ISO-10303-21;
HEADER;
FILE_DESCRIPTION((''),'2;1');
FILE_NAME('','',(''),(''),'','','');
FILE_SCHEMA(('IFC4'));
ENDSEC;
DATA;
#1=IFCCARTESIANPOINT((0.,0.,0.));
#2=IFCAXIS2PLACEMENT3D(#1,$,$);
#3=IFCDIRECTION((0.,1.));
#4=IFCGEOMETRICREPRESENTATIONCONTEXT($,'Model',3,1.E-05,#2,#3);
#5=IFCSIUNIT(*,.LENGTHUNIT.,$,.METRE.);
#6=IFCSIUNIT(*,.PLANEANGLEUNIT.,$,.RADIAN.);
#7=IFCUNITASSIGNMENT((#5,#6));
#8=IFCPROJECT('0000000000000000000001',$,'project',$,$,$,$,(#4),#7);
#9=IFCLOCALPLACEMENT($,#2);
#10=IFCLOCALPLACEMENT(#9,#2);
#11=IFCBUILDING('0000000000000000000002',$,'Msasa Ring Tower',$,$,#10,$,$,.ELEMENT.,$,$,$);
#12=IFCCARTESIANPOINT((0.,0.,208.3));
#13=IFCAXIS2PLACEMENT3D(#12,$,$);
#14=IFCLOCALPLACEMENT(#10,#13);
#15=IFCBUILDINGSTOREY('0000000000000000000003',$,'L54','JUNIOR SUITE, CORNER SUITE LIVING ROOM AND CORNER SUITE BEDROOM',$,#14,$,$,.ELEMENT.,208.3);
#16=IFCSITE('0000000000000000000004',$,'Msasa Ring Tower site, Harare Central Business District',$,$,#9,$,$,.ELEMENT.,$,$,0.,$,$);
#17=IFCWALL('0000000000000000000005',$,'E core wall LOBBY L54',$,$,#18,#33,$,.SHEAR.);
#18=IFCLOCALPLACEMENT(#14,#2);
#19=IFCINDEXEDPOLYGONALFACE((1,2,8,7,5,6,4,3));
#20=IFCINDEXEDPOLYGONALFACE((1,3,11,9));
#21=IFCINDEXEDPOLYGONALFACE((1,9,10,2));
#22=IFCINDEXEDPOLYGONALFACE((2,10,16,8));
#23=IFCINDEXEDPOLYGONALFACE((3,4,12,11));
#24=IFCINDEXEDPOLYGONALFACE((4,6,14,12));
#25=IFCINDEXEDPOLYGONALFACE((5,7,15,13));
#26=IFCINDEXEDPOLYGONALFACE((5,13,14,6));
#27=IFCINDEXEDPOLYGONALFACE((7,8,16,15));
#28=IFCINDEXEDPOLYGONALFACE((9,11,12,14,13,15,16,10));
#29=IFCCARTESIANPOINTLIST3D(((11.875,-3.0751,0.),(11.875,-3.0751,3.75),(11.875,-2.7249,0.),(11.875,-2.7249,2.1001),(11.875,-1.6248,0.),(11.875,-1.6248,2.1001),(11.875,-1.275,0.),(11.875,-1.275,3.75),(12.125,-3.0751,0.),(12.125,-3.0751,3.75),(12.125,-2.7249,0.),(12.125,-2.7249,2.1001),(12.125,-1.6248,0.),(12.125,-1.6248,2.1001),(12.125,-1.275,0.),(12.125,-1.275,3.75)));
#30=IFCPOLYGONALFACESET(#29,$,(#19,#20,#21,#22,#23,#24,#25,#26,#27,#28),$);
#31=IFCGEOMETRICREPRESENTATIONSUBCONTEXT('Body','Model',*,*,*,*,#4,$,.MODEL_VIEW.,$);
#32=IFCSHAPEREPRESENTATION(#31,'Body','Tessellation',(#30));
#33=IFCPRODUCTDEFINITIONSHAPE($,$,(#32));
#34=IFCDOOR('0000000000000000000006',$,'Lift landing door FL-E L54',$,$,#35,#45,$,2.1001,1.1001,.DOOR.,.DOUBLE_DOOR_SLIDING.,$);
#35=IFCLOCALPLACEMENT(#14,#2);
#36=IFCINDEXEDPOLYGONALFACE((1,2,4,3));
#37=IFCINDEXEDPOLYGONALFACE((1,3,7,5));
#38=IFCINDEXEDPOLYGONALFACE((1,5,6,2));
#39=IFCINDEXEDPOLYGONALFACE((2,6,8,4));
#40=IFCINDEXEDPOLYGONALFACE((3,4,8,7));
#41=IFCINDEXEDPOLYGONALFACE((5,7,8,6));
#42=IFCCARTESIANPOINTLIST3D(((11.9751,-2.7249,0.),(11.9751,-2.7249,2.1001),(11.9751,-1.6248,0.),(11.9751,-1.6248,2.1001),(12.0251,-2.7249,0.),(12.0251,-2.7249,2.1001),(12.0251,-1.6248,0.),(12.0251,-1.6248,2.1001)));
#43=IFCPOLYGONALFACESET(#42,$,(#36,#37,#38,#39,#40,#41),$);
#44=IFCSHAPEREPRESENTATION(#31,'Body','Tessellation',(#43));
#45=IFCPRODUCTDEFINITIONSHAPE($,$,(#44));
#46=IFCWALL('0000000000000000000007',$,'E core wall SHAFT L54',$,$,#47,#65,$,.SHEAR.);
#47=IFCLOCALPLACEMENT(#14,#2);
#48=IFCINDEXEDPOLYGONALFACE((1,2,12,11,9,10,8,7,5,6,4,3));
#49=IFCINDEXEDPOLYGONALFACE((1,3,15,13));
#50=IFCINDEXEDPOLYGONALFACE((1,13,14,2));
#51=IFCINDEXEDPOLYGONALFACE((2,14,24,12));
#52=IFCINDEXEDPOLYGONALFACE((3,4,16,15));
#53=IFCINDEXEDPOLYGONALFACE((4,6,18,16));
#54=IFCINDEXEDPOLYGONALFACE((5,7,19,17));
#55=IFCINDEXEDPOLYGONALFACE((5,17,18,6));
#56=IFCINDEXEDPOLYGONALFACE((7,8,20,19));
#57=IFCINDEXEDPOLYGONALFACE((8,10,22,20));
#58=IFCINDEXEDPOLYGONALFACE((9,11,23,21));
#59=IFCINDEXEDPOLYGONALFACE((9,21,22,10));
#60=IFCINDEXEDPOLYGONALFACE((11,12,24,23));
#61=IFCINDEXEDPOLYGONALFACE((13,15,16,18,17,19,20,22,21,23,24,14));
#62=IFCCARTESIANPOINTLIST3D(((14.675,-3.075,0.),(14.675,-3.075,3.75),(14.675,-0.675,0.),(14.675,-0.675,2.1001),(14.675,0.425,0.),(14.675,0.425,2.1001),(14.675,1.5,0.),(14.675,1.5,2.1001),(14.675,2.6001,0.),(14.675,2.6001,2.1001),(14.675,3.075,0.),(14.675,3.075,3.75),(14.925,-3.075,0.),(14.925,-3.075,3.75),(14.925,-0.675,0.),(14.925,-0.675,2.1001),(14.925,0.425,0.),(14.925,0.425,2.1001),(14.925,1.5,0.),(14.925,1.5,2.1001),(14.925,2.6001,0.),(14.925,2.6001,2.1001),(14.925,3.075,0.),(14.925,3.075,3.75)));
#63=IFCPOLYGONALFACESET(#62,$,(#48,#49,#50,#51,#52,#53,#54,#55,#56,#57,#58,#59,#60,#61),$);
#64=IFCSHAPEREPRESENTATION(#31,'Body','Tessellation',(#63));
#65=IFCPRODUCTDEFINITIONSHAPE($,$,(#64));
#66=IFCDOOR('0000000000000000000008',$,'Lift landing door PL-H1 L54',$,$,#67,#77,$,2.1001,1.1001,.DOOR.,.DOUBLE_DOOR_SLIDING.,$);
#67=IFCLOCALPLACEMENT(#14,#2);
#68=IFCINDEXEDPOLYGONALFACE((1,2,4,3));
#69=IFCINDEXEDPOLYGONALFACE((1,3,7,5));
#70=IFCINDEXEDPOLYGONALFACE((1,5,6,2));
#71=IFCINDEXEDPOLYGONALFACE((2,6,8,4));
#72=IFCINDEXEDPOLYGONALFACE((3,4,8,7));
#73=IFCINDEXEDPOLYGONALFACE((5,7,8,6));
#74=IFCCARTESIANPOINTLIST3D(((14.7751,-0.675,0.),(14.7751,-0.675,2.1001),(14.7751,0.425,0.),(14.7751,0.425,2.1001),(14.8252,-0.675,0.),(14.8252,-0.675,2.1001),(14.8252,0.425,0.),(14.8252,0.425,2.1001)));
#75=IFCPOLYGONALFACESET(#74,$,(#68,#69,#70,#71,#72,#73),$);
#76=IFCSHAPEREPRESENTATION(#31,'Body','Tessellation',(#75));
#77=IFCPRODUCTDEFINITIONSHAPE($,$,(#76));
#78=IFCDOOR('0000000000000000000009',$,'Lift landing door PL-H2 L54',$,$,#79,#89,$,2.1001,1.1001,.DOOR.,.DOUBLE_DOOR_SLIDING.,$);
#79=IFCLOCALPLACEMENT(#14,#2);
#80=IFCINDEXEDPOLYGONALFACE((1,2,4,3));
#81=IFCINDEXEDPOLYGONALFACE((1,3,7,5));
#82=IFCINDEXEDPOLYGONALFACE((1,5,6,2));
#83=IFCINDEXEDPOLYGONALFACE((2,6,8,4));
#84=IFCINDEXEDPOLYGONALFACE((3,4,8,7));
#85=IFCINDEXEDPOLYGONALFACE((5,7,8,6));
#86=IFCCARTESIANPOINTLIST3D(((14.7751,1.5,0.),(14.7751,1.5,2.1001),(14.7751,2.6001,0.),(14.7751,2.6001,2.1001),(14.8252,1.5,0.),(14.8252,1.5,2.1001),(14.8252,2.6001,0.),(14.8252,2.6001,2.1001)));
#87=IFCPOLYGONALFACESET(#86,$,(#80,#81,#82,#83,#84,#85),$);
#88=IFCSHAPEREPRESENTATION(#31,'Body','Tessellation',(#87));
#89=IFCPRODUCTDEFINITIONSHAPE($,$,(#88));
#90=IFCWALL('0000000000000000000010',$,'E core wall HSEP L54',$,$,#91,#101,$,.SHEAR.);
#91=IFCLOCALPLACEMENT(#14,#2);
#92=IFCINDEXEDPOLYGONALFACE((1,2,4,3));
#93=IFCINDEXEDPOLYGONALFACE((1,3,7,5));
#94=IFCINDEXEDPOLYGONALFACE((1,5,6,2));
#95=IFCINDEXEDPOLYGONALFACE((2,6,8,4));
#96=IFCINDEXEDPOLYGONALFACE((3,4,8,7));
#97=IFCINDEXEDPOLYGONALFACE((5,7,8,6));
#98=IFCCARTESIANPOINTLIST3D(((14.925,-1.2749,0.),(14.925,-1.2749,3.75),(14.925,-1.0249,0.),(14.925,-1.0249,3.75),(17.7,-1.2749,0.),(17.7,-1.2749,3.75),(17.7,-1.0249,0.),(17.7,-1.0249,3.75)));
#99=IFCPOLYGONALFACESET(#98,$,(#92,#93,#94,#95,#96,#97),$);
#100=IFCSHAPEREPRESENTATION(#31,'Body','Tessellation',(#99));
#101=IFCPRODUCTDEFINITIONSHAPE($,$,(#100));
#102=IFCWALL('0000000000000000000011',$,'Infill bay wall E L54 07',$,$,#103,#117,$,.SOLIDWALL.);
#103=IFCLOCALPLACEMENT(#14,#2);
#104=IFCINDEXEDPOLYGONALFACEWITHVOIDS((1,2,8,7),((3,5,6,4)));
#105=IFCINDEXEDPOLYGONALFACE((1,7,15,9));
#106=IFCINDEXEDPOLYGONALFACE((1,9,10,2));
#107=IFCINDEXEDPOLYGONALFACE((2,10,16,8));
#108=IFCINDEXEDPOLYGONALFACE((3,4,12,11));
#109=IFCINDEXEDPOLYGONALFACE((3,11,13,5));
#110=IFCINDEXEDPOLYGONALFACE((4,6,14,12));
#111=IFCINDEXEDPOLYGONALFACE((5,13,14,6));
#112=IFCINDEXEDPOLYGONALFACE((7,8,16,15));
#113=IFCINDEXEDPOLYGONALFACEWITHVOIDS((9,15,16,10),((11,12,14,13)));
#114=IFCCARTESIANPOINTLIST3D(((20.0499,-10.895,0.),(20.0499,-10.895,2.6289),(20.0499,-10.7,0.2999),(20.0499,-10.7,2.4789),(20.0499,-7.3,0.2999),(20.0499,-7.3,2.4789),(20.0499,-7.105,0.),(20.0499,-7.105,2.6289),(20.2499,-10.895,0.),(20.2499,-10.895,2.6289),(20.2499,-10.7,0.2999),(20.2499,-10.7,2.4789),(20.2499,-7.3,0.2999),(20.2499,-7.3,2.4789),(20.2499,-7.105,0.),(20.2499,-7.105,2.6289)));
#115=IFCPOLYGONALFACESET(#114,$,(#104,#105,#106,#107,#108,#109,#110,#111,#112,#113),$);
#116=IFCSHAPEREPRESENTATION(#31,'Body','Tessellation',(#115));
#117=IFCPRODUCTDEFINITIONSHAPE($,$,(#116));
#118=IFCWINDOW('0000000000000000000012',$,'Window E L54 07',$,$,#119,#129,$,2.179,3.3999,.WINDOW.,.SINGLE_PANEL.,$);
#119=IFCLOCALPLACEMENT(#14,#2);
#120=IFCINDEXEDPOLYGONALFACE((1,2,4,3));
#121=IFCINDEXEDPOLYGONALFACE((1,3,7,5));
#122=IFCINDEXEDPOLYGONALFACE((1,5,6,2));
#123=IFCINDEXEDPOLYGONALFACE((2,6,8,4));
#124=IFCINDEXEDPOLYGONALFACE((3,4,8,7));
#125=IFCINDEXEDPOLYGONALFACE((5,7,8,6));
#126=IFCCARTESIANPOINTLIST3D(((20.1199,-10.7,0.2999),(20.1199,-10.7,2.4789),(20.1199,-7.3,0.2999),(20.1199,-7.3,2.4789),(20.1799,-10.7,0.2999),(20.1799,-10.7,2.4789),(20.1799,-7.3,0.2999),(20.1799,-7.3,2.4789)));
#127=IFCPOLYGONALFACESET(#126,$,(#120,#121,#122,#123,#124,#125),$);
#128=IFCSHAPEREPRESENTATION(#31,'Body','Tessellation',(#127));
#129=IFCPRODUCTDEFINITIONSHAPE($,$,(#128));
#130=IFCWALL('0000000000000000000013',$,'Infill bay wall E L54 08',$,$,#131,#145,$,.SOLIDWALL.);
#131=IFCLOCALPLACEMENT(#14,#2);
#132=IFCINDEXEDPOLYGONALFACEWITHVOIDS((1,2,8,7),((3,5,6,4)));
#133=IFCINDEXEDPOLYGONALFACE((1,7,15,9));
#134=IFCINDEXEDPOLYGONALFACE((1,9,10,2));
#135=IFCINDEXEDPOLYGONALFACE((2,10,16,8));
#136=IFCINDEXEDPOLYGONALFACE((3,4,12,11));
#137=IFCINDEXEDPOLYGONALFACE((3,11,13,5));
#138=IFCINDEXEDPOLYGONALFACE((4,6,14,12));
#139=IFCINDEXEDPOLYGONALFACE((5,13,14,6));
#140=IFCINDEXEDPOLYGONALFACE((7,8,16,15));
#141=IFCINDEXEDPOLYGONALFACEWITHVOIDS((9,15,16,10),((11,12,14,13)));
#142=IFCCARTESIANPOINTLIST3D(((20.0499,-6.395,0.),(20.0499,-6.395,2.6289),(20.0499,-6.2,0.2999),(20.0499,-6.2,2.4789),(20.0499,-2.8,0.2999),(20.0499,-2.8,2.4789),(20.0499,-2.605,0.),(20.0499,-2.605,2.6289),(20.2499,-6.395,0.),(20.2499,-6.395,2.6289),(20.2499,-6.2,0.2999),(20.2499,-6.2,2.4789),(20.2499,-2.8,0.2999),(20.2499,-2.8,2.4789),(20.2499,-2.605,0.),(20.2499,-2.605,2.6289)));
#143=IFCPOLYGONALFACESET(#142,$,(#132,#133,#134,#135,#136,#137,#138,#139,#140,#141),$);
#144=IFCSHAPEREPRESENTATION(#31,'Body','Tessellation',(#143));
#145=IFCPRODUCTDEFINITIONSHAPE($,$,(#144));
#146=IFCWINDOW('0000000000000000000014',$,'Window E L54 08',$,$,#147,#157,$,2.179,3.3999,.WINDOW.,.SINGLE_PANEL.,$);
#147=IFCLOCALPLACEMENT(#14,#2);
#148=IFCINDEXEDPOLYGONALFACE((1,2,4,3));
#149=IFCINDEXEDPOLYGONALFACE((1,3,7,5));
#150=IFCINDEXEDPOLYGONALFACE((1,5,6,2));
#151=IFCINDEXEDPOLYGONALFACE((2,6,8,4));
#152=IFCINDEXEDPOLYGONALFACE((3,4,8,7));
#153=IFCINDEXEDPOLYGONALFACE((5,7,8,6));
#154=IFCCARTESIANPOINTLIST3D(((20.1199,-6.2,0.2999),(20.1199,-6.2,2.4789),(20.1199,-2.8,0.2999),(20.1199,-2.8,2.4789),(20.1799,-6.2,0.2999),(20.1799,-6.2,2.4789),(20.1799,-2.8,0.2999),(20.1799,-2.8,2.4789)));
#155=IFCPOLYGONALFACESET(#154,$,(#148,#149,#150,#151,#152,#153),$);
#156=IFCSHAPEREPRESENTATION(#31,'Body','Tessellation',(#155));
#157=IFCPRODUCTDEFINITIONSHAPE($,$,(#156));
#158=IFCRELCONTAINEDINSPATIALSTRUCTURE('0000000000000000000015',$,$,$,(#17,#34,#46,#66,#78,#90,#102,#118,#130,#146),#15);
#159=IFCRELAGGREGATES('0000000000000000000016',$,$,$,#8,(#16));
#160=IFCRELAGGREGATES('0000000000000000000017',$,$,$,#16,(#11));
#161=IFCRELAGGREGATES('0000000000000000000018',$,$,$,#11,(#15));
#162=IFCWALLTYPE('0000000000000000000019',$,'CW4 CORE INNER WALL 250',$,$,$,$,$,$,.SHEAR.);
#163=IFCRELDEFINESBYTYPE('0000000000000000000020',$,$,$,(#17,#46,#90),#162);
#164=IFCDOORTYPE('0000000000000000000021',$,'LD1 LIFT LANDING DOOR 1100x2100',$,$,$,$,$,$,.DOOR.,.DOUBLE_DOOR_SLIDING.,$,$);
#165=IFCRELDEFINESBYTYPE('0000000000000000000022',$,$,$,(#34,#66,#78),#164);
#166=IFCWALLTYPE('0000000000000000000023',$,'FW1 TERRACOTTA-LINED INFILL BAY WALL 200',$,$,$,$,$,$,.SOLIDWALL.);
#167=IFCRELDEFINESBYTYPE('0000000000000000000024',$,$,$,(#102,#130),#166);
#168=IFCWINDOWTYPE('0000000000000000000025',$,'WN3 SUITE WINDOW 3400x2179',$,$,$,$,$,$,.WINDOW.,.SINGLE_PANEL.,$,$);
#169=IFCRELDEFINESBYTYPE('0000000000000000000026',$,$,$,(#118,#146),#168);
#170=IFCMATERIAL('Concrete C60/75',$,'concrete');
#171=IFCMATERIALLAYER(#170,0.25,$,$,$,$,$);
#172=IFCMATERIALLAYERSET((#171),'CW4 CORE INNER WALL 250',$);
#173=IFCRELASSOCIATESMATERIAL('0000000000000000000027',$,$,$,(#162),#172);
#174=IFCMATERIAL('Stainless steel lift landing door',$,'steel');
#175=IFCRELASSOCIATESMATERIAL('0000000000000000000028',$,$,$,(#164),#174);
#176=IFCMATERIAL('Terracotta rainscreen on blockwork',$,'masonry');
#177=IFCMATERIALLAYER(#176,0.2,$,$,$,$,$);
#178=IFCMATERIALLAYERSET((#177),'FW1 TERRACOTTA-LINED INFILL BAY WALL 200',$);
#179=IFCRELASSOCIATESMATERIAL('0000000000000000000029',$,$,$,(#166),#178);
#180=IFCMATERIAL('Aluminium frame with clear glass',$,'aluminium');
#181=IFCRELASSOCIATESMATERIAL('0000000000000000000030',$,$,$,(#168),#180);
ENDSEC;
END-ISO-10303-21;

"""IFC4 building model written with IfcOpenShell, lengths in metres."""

from ifc_helpers import new_model, si_unit, direction, frame, frame_2d, origin, place, context, subcontext, project, spatial, rectangle, extrude, material, layer, layer_set, type_object, element, fill, save


model = new_model("IFC4")

# Units and contexts
model_context = context("Model", 3, precision=1e-05, world=origin(), true_north=direction((0.0, 1.0)))
body_context = subcontext(model_context, "Body", "Model", "MODEL_VIEW")
ifc_project = project(units=[si_unit("LENGTHUNIT", "METRE"), si_unit("PLANEANGLEUNIT", "RADIAN")], contexts=[model_context])

# Site, building, storey
site_placement = place(None, origin())
site = spatial("IfcSite", under=ifc_project, at=site_placement, Name="Msasa Ring Tower site, Harare Central Business District", CompositionType="ELEMENT", RefElevation=0.0)
building_placement = place(site_placement, origin())
building = spatial("IfcBuilding", under=site, at=building_placement, Name="Msasa Ring Tower", CompositionType="ELEMENT")
storey_placement = place(building_placement, frame((0.0, 0.0, 208.3)))
storey = spatial("IfcBuildingStorey", under=building, at=storey_placement, Name="L54", Description="JUNIOR SUITE, CORNER SUITE LIVING ROOM AND CORNER SUITE BEDROOM", CompositionType="ELEMENT", Elevation=208.3)

# Shared definitions
ifc_material_1 = material(Name="Concrete C60/75", Category="concrete")
ifc_layer_1 = layer(ifc_material_1, 0.25)
ifc_layer_set_1 = layer_set([ifc_layer_1], Name="CW4 CORE INNER WALL 250")
wall_type_1 = type_object("IfcWallType", Name="CW4 CORE INNER WALL 250", PredefinedType="SHEAR", material=ifc_layer_set_1)

# Wall, opening, door
wall_1_placement = place(storey_placement, frame((12.0, -3.075, 0.0), z_axis=(0.0, 0.0, 1.0), x_axis=(0.0, 1.0, 0.0)))
wall_1 = element("IfcWall", 1, at=wall_1_placement, inside=storey, type_object=wall_type_1, Name="E core wall LOBBY L54", PredefinedType="SHEAR", context=body_context, shape_type="SweptSolid", body=[
    extrude(rectangle(XDim=1.8, YDim=0.25, at=frame_2d((0.8999, 0.0))), origin(), (0.0, 0.0, 1.0), 3.75),
])
opening_1_placement = place(wall_1_placement, frame((0.3501, 0.0, 0.0)))
opening_1 = element("IfcOpeningElement", 2, at=opening_1_placement, cuts=wall_1, PredefinedType="OPENING", context=body_context, shape_type="SweptSolid", body=[
    extrude(rectangle(XDim=1.1001, YDim=2.1001, at=frame_2d((0.55, 1.05))), frame((0.0, 0.135, 0.0), z_axis=(0.0, -1.0, 0.0), x_axis=(1.0, 0.0, 0.0)), (0.0, 0.0, 1.0), 0.27),
])
ifc_material_2 = material(Name="Stainless steel lift landing door", Category="steel")
door_type_1 = type_object("IfcDoorType", Name="LD1 LIFT LANDING DOOR 1100x2100", OperationType="DOUBLE_DOOR_SLIDING", PredefinedType="DOOR", material=ifc_material_2)
door_1_placement = place(opening_1_placement, origin())
door_1 = element("IfcDoor", 3, at=door_1_placement, inside=storey, type_object=door_type_1, Name="Lift landing door FL-E L54", OperationType="DOUBLE_DOOR_SLIDING", OverallHeight=2.1001, OverallWidth=1.1001, PredefinedType="DOOR", context=body_context, shape_type="SweptSolid", body=[
    extrude(rectangle(XDim=1.1001, YDim=2.1001, at=frame_2d((0.55, 1.05))), frame((0.0, 0.0249, 0.0), z_axis=(0.0, -1.0, 0.0), x_axis=(1.0, 0.0, 0.0)), (0.0, 0.0, 1.0), 0.05),
])
fill(opening_1, door_1)

# Wall, openings, doors
wall_2_placement = place(storey_placement, frame((14.8, -3.075, 0.0), z_axis=(0.0, 0.0, 1.0), x_axis=(0.0, 1.0, 0.0)))
wall_2 = element("IfcWall", 4, at=wall_2_placement, inside=storey, type_object=wall_type_1, Name="E core wall SHAFT L54", PredefinedType="SHEAR", context=body_context, shape_type="SweptSolid", body=[
    extrude(rectangle(XDim=6.1499, YDim=0.25, at=frame_2d((3.075, 0.0))), origin(), (0.0, 0.0, 1.0), 3.75),
])
opening_2_placement = place(wall_2_placement, frame((2.3999, 0.0, 0.0)))
opening_2 = element("IfcOpeningElement", 5, at=opening_2_placement, cuts=wall_2, PredefinedType="OPENING", context=body_context, shape_type="SweptSolid", body=[
    extrude(rectangle(XDim=1.1001, YDim=2.1001, at=frame_2d((0.55, 1.05))), frame((0.0, 0.135, 0.0), z_axis=(0.0, -1.0, 0.0), x_axis=(1.0, 0.0, 0.0)), (0.0, 0.0, 1.0), 0.27),
])
opening_3_placement = place(wall_2_placement, frame((4.575, 0.0, 0.0)))
opening_3 = element("IfcOpeningElement", 6, at=opening_3_placement, cuts=wall_2, PredefinedType="OPENING", context=body_context, shape_type="SweptSolid", body=[
    extrude(rectangle(XDim=1.1001, YDim=2.1001, at=frame_2d((0.55, 1.05))), frame((0.0, 0.135, 0.0), z_axis=(0.0, -1.0, 0.0), x_axis=(1.0, 0.0, 0.0)), (0.0, 0.0, 1.0), 0.27),
])
door_2_placement = place(opening_2_placement, origin())
door_2 = element("IfcDoor", 7, at=door_2_placement, inside=storey, type_object=door_type_1, Name="Lift landing door PL-H1 L54", OperationType="DOUBLE_DOOR_SLIDING", OverallHeight=2.1001, OverallWidth=1.1001, PredefinedType="DOOR", context=body_context, shape_type="SweptSolid", body=[
    extrude(rectangle(XDim=1.1001, YDim=2.1001, at=frame_2d((0.55, 1.05))), frame((0.0, 0.0249, 0.0), z_axis=(0.0, -1.0, 0.0), x_axis=(1.0, 0.0, 0.0)), (0.0, 0.0, 1.0), 0.05),
])
fill(opening_2, door_2)
door_3_placement = place(opening_3_placement, origin())
door_3 = element("IfcDoor", 8, at=door_3_placement, inside=storey, type_object=door_type_1, Name="Lift landing door PL-H2 L54", OperationType="DOUBLE_DOOR_SLIDING", OverallHeight=2.1001, OverallWidth=1.1001, PredefinedType="DOOR", context=body_context, shape_type="SweptSolid", body=[
    extrude(rectangle(XDim=1.1001, YDim=2.1001, at=frame_2d((0.55, 1.05))), frame((0.0, 0.0249, 0.0), z_axis=(0.0, -1.0, 0.0), x_axis=(1.0, 0.0, 0.0)), (0.0, 0.0, 1.0), 0.05),
])
fill(opening_3, door_3)

# Wall
wall_3_placement = place(storey_placement, frame((14.925, -1.1499, 0.0), z_axis=(0.0, 0.0, 1.0), x_axis=(1.0, 0.0, 0.0)))
element("IfcWall", 9, at=wall_3_placement, inside=storey, type_object=wall_type_1, Name="E core wall HSEP L54", PredefinedType="SHEAR", context=body_context, shape_type="SweptSolid", body=[
    extrude(rectangle(XDim=2.7749, YDim=0.25, at=frame_2d((1.3875, 0.0))), origin(), (0.0, 0.0, 1.0), 3.75),
])

# Walls, openings, windows
ifc_material_3 = material(Name="Terracotta rainscreen on blockwork", Category="masonry")
ifc_layer_2 = layer(ifc_material_3, 0.2)
ifc_layer_set_2 = layer_set([ifc_layer_2], Name="FW1 TERRACOTTA-LINED INFILL BAY WALL 200")
wall_type_2 = type_object("IfcWallType", Name="FW1 TERRACOTTA-LINED INFILL BAY WALL 200", PredefinedType="SOLIDWALL", material=ifc_layer_set_2)
wall_4_placement = place(storey_placement, frame((20.1499, -10.895, 0.0), z_axis=(0.0, 0.0, 1.0), x_axis=(0.0, 1.0, 0.0)))
wall_4 = element("IfcWall", 10, at=wall_4_placement, inside=storey, type_object=wall_type_2, Name="Infill bay wall E L54 07", PredefinedType="SOLIDWALL", context=body_context, shape_type="SweptSolid", body=[
    extrude(rectangle(XDim=3.79, YDim=0.2, at=frame_2d((1.895, 0.0))), origin(), (0.0, 0.0, 1.0), 2.6289),
])
opening_4_placement = place(wall_4_placement, frame((0.1951, 0.0, 0.3)))
opening_4 = element("IfcOpeningElement", 11, at=opening_4_placement, cuts=wall_4, PredefinedType="OPENING", context=body_context, shape_type="SweptSolid", body=[
    extrude(rectangle(XDim=3.3999, YDim=2.179, at=frame_2d((1.7, 1.0894))), frame((0.0, 0.1099, 0.0), z_axis=(0.0, -1.0, 0.0), x_axis=(1.0, 0.0, 0.0)), (0.0, 0.0, 1.0), 0.22),
])
ifc_material_4 = material(Name="Aluminium frame with clear glass", Category="aluminium")
window_type = type_object("IfcWindowType", Name="WN3 SUITE WINDOW 3400x2179", PartitioningType="SINGLE_PANEL", PredefinedType="WINDOW", material=ifc_material_4)
window_1_placement = place(opening_4_placement, origin())
window_1 = element("IfcWindow", 12, at=window_1_placement, inside=storey, type_object=window_type, Name="Window E L54 07", OverallHeight=2.179, OverallWidth=3.3999, PartitioningType="SINGLE_PANEL", PredefinedType="WINDOW", context=body_context, shape_type="SweptSolid", body=[
    extrude(rectangle(XDim=3.3999, YDim=2.179, at=frame_2d((1.7, 1.0894))), frame((0.0, 0.03, 0.0), z_axis=(0.0, -1.0, 0.0), x_axis=(1.0, 0.0, 0.0)), (0.0, 0.0, 1.0), 0.0601),
])
fill(opening_4, window_1)
wall_5_placement = place(storey_placement, frame((20.1499, -6.395, 0.0), z_axis=(0.0, 0.0, 1.0), x_axis=(0.0, 1.0, 0.0)))
wall_5 = element("IfcWall", 13, at=wall_5_placement, inside=storey, type_object=wall_type_2, Name="Infill bay wall E L54 08", PredefinedType="SOLIDWALL", context=body_context, shape_type="SweptSolid", body=[
    extrude(rectangle(XDim=3.79, YDim=0.2, at=frame_2d((1.895, 0.0))), origin(), (0.0, 0.0, 1.0), 2.6289),
])
opening_5_placement = place(wall_5_placement, frame((0.1951, 0.0, 0.3)))
opening_5 = element("IfcOpeningElement", 14, at=opening_5_placement, cuts=wall_5, PredefinedType="OPENING", context=body_context, shape_type="SweptSolid", body=[
    extrude(rectangle(XDim=3.3999, YDim=2.179, at=frame_2d((1.7, 1.0894))), frame((0.0, 0.1099, 0.0), z_axis=(0.0, -1.0, 0.0), x_axis=(1.0, 0.0, 0.0)), (0.0, 0.0, 1.0), 0.22),
])
window_2_placement = place(opening_5_placement, origin())
window_2 = element("IfcWindow", 15, at=window_2_placement, inside=storey, type_object=window_type, Name="Window E L54 08", OverallHeight=2.179, OverallWidth=3.3999, PartitioningType="SINGLE_PANEL", PredefinedType="WINDOW", context=body_context, shape_type="SweptSolid", body=[
    extrude(rectangle(XDim=3.3999, YDim=2.179, at=frame_2d((1.7, 1.0894))), frame((0.0, 0.03, 0.0), z_axis=(0.0, -1.0, 0.0), x_axis=(1.0, 0.0, 0.0)), (0.0, 0.0, 1.0), 0.0601),
])
fill(opening_5, window_2)

save(model, "model.ifc")
